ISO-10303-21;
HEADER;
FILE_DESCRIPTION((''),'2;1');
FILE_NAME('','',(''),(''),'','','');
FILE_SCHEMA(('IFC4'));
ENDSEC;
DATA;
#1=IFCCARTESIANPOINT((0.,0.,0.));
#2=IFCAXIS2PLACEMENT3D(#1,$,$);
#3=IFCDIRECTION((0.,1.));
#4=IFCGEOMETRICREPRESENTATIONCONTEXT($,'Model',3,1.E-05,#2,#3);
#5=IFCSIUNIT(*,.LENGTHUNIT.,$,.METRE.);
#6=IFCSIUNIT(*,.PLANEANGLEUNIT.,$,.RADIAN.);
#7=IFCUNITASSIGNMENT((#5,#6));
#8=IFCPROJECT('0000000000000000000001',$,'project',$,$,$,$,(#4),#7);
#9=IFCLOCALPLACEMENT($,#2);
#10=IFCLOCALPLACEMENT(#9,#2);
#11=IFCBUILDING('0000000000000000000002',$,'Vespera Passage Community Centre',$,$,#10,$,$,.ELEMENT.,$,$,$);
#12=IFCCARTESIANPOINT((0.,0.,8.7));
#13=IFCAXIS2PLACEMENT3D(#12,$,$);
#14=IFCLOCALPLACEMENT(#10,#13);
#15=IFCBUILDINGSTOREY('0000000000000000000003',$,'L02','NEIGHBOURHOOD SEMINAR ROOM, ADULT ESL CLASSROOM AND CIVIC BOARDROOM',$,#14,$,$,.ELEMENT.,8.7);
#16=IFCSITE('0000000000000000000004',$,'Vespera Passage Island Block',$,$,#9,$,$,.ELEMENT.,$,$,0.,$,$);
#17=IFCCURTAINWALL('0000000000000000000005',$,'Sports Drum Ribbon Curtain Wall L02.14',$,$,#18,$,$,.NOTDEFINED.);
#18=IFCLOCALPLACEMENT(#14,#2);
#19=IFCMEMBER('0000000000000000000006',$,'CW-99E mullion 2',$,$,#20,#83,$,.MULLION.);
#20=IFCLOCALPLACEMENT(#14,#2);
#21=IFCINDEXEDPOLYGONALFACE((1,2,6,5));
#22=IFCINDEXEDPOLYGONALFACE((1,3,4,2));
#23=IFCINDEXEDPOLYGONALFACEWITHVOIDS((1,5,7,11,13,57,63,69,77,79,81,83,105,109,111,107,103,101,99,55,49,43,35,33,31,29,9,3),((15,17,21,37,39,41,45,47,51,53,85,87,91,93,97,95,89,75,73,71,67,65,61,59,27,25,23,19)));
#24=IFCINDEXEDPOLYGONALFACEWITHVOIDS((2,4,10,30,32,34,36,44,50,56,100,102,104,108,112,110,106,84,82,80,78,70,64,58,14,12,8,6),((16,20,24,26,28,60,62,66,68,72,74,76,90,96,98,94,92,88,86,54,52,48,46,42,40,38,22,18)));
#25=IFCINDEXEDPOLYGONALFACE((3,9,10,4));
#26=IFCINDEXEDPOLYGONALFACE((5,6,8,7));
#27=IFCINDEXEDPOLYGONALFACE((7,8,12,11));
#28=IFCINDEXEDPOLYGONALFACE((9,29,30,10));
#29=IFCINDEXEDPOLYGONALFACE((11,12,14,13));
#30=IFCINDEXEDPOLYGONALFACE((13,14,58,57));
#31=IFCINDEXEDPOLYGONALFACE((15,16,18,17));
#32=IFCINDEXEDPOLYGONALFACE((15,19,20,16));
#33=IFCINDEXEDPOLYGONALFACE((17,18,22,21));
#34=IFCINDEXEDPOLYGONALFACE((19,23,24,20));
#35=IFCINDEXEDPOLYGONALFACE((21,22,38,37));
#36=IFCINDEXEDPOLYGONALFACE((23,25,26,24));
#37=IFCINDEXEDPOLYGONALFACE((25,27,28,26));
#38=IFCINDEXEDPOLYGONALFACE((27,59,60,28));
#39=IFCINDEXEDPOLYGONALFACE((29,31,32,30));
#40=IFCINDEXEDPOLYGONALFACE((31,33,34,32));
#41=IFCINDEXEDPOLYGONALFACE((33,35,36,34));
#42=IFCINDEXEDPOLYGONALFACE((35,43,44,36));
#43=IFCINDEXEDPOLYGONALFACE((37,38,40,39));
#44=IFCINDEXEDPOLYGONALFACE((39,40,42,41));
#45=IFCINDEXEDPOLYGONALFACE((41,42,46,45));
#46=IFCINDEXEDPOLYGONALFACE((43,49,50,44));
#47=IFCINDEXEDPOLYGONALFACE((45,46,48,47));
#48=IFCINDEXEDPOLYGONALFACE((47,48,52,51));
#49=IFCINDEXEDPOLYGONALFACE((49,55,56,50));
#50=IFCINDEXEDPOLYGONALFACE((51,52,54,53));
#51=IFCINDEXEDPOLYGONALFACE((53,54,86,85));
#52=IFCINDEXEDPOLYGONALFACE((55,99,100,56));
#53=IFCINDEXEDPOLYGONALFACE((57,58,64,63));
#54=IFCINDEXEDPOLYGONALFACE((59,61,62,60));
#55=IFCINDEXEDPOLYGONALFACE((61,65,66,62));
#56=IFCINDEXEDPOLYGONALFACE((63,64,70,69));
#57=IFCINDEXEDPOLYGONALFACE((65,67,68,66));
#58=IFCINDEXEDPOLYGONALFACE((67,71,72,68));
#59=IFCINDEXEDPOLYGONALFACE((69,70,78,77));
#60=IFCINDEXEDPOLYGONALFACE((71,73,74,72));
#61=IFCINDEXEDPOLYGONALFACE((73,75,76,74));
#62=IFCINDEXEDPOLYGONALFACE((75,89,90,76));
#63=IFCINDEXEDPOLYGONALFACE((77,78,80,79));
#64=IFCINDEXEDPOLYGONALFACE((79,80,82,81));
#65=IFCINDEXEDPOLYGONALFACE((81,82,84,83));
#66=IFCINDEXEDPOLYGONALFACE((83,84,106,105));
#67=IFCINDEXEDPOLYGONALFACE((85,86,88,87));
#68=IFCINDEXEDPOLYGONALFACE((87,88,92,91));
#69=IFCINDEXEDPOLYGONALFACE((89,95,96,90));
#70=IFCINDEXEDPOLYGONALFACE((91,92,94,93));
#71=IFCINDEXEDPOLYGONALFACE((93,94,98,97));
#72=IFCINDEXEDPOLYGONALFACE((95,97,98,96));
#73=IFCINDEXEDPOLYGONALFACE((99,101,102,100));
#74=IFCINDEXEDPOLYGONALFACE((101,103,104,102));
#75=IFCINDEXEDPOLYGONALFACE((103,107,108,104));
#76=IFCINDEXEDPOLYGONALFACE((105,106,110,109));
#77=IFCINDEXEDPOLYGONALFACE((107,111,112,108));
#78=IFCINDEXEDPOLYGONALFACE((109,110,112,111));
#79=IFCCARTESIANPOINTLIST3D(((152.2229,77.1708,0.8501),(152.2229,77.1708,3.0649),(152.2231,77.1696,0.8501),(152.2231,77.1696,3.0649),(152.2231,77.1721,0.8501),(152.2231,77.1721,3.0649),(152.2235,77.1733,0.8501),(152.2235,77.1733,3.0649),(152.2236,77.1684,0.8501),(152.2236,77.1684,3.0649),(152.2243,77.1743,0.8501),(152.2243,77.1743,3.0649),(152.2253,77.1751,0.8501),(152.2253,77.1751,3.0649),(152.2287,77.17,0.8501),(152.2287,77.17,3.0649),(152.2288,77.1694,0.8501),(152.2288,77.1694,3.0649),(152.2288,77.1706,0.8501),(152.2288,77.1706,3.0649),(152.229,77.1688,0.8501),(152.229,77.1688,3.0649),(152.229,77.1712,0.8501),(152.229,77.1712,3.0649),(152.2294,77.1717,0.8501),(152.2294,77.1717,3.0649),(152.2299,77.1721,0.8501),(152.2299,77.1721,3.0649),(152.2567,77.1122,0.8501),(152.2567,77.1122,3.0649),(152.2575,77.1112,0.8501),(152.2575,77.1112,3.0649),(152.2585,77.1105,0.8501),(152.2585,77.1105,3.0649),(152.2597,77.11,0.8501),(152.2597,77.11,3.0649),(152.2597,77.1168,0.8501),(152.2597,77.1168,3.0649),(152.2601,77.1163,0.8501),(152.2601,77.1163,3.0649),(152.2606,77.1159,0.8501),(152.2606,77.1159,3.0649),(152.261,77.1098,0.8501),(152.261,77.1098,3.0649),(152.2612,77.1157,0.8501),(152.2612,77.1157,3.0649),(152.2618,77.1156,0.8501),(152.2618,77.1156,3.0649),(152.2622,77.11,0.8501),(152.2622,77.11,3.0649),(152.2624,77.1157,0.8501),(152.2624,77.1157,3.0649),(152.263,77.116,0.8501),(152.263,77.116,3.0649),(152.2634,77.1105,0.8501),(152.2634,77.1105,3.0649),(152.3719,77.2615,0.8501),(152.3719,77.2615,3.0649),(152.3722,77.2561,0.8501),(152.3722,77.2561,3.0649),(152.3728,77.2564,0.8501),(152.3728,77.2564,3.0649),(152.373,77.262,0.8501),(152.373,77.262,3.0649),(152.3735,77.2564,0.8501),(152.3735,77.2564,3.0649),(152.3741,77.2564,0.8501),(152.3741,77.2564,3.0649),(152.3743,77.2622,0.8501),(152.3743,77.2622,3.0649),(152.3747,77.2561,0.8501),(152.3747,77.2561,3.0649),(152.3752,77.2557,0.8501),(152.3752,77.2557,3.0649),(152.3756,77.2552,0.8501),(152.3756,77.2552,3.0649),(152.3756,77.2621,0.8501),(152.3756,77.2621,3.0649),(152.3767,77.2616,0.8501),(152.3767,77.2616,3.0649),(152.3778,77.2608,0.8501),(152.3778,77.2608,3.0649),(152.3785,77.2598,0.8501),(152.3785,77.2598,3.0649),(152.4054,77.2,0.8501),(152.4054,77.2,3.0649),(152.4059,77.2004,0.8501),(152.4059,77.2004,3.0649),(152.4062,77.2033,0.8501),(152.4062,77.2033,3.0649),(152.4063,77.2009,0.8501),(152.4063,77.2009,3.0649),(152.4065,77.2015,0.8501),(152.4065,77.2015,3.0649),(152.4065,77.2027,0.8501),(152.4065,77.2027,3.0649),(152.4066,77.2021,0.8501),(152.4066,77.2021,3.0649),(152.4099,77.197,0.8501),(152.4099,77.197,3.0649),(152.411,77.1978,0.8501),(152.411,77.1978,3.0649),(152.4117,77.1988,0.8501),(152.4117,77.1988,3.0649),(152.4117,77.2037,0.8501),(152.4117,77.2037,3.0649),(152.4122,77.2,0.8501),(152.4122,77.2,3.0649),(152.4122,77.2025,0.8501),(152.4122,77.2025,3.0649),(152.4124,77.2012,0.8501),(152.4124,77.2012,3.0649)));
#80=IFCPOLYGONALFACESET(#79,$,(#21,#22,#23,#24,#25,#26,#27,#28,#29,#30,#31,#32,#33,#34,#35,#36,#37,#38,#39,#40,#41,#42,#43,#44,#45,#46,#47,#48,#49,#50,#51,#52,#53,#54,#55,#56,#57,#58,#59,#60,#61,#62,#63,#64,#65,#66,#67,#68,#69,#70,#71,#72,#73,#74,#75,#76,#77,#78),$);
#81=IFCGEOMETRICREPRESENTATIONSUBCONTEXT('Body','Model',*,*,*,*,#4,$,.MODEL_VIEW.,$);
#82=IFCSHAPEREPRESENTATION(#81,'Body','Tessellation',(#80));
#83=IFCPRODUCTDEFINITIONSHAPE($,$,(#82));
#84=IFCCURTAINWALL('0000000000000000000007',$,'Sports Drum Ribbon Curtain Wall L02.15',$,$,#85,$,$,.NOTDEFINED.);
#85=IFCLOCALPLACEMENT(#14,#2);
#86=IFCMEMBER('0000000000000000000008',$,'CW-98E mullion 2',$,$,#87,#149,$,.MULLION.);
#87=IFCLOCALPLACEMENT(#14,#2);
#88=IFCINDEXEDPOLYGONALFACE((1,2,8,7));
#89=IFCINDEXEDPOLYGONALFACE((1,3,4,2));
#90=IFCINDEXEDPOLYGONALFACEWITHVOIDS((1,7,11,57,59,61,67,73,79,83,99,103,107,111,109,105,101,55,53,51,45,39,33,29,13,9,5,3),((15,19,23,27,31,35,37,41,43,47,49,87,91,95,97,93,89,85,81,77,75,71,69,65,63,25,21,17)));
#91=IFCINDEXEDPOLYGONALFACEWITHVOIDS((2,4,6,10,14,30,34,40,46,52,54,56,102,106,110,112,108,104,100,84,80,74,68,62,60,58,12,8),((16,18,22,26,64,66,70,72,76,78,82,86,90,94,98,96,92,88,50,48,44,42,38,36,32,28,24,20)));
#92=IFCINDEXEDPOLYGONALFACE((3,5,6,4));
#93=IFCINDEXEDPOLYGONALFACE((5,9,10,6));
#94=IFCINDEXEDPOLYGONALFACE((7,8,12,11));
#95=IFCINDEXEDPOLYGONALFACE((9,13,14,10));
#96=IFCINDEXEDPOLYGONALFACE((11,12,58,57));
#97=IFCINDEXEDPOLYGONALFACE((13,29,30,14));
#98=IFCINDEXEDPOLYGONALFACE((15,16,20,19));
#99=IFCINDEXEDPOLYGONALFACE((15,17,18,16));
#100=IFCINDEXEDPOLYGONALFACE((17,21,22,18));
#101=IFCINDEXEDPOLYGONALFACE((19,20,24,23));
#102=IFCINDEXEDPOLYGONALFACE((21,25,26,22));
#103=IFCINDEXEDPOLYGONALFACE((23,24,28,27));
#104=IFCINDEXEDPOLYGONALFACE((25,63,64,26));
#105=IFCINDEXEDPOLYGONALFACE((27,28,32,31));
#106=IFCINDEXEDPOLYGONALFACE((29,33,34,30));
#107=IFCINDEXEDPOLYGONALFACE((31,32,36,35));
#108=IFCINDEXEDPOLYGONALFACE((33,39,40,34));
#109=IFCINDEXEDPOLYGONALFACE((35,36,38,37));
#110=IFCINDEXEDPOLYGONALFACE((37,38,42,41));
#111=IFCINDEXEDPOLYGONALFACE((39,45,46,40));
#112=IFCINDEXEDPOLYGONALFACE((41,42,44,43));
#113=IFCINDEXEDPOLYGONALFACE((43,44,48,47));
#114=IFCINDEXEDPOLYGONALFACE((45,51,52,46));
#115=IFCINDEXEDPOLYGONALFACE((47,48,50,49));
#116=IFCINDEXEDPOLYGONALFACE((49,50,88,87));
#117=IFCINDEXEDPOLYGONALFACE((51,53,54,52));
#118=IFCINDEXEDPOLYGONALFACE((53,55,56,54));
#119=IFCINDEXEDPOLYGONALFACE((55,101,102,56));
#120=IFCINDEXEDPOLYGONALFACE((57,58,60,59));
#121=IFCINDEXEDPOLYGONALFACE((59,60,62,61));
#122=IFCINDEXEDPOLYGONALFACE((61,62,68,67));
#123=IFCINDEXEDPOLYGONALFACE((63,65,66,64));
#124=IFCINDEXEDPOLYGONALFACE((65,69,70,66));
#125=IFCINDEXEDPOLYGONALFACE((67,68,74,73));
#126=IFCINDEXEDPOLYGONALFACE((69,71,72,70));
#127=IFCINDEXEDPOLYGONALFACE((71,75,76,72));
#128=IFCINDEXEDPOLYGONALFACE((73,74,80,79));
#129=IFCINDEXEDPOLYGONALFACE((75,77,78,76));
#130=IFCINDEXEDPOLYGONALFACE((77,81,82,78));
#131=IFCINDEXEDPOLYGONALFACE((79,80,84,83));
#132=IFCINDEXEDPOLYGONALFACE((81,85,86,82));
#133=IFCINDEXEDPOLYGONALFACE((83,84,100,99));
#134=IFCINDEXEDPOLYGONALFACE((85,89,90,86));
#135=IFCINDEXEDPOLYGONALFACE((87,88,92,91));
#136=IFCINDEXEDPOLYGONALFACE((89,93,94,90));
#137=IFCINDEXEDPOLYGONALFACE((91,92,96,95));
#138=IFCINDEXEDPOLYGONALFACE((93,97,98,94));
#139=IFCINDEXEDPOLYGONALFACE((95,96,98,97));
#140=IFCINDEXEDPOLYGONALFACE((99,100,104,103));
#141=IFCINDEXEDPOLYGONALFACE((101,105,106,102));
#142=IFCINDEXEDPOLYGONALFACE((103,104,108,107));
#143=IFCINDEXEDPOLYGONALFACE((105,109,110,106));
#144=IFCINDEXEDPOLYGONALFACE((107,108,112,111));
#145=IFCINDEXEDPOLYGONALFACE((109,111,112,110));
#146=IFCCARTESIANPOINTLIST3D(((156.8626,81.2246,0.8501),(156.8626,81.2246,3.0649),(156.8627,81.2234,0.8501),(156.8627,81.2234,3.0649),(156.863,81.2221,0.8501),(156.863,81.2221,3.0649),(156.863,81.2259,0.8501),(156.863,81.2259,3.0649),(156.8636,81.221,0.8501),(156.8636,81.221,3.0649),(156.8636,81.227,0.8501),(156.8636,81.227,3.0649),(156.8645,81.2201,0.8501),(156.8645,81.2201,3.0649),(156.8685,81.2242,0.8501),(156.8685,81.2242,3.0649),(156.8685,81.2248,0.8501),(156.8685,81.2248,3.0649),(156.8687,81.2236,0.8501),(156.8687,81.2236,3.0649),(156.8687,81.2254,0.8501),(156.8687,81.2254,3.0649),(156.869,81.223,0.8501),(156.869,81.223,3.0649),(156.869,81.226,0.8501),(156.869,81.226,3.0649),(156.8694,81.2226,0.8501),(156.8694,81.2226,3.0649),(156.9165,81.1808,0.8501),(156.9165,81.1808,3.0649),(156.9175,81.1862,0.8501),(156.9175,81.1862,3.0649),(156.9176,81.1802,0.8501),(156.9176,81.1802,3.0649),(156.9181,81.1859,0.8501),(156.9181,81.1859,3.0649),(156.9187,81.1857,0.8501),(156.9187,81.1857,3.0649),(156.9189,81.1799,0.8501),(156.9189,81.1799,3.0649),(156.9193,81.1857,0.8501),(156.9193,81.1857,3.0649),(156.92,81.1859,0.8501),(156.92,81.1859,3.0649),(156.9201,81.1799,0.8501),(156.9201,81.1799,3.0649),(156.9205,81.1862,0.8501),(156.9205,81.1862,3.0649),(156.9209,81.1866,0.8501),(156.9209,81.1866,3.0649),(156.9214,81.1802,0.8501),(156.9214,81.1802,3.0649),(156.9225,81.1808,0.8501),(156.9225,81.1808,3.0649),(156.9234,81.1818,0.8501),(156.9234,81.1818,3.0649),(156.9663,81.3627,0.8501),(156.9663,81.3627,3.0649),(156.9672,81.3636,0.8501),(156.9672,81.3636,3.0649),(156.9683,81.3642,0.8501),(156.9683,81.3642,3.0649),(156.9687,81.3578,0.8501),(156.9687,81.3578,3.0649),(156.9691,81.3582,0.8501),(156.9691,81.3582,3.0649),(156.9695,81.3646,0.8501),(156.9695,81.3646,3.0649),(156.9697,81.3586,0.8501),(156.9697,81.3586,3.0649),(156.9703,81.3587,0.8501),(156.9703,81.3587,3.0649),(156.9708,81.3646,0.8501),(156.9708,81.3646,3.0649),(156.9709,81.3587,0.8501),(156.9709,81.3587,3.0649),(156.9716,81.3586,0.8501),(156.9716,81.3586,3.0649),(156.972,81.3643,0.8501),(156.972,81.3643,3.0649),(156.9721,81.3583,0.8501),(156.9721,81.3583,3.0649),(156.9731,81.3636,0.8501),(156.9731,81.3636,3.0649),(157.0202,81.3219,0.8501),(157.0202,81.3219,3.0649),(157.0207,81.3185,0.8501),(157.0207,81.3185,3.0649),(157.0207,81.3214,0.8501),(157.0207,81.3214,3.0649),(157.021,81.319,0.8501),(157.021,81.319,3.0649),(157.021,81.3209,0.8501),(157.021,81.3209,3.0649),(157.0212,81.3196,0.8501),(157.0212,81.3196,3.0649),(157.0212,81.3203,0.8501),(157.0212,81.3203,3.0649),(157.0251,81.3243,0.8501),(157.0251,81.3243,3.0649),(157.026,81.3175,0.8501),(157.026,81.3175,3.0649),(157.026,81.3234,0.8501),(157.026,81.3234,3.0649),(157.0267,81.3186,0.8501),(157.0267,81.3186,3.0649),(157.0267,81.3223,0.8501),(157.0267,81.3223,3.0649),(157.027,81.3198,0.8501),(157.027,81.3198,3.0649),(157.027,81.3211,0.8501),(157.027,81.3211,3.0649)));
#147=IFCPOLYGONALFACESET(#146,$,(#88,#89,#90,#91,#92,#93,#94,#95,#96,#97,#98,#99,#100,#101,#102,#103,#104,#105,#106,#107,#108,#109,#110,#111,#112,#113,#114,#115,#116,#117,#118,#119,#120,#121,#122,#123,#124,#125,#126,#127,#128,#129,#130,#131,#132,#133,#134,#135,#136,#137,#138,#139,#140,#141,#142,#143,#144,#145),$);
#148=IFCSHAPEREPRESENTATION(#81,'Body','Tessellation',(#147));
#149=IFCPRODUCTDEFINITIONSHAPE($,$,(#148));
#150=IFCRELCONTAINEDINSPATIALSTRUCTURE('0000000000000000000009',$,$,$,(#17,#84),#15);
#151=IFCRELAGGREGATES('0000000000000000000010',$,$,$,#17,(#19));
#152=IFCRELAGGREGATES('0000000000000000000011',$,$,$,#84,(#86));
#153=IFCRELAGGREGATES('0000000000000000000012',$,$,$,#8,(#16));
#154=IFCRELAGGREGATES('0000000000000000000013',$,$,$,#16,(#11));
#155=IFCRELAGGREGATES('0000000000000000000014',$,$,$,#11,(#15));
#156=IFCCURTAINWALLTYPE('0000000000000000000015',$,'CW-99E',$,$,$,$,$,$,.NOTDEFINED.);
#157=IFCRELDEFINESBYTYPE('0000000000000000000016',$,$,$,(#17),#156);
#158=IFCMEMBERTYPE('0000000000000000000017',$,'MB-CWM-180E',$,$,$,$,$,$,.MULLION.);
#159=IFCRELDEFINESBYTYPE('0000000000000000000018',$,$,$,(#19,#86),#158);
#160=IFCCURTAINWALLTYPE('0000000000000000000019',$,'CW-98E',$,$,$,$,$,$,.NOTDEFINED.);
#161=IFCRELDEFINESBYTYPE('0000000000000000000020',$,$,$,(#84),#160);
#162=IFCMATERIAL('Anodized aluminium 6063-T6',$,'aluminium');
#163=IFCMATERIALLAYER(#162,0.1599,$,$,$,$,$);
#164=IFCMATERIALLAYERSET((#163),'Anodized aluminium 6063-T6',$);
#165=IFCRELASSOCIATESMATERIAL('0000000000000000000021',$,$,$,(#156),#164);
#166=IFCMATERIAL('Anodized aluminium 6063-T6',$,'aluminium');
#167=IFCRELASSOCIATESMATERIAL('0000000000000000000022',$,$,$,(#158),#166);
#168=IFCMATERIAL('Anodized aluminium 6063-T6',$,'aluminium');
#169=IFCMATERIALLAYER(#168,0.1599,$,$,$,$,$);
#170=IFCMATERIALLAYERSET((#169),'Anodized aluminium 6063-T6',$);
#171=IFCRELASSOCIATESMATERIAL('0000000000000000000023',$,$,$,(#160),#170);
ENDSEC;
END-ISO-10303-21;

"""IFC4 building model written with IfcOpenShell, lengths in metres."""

from ifc_helpers import new_model, si_unit, direction, frame, origin, origin_2d, place, context, subcontext, project, spatial, hollow_rectangle, extrude, material, layer, layer_set, material_profile, profile_set, type_object, element, aggregate, save


model = new_model("IFC4")

# Units and contexts
model_context = context("Model", 3, precision=1e-05, world=origin(), true_north=direction((0.0, 1.0)))
body_context = subcontext(model_context, "Body", "Model", "MODEL_VIEW")
ifc_project = project(units=[si_unit("LENGTHUNIT", "METRE"), si_unit("PLANEANGLEUNIT", "RADIAN")], contexts=[model_context])

# Site, building, storey
site_placement = place(None, origin())
site = spatial("IfcSite", under=ifc_project, at=site_placement, Name="Vespera Passage Island Block", CompositionType="ELEMENT", RefElevation=0.0)
building_placement = place(site_placement, origin())
building = spatial("IfcBuilding", under=site, at=building_placement, Name="Vespera Passage Community Centre", CompositionType="ELEMENT")
storey_placement = place(building_placement, frame((0.0, 0.0, 8.7)))
storey = spatial("IfcBuildingStorey", under=building, at=storey_placement, Name="L02", Description="NEIGHBOURHOOD SEMINAR ROOM, ADULT ESL CLASSROOM AND CIVIC BOARDROOM", CompositionType="ELEMENT", Elevation=8.7)

# Shared definitions
ifc_material_1 = material(Name="Anodized aluminium 6063-T6", Category="aluminium")
ifc_layer_1 = layer(ifc_material_1, 0.1599)
ifc_layer_set_1 = layer_set([ifc_layer_1], Name="Anodized aluminium 6063-T6")
curtain_wall_type_1 = type_object("IfcCurtainWallType", Name="CW-99E", PredefinedType="NOTDEFINED", material=ifc_layer_set_1)
ifc_material_2 = material(Name="Anodized aluminium 6063-T6", Category="aluminium")
ifc_material_profile_1 = material_profile(ifc_material_2, hollow_rectangle(XDim=0.075, YDim=0.1799, WallThickness=0.0049, InnerFilletRadius=0.0024, OuterFilletRadius=0.0049, at=origin_2d()), Name="ALU180X75X5")
ifc_profile_set_1 = profile_set([ifc_material_profile_1], Name="Anodized aluminium 6063-T6")
member_type_1 = type_object("IfcMemberType", Name="MB-CWM-180E", PredefinedType="MULLION", material=ifc_profile_set_1)

# Curtain walls, members
curtain_wall_1_placement = place(storey_placement, origin())
curtain_wall_1 = element("IfcCurtainWall", 1, at=curtain_wall_1_placement, inside=storey, type_object=curtain_wall_type_1, Name="Sports Drum Ribbon Curtain Wall L02.14", PredefinedType="NOTDEFINED")
member_1_placement = place(storey_placement, frame((152.3176, 77.186, 0.8501), z_axis=(0.0, 0.0, 1.0), x_axis=(0.50817, -0.861257, 0.0)))
member_1 = element("IfcMember", 2, at=member_1_placement, type_object=member_type_1, Name="CW-99E mullion 2", PredefinedType="MULLION", context=body_context, shape_type="SweptSolid", body=[
    extrude(hollow_rectangle(XDim=0.075, YDim=0.1799, WallThickness=0.0049, InnerFilletRadius=0.0024, OuterFilletRadius=0.0049, at=origin_2d()), origin(), (0.0, 0.0, 1.0), 2.2148),
])
ifc_material_3 = material(Name="Anodized aluminium 6063-T6", Category="aluminium")
ifc_layer_2 = layer(ifc_material_3, 0.1599)
ifc_layer_set_2 = layer_set([ifc_layer_2], Name="Anodized aluminium 6063-T6")
curtain_wall_type_2 = type_object("IfcCurtainWallType", Name="CW-98E", PredefinedType="NOTDEFINED", material=ifc_layer_set_2)
curtain_wall_2_placement = place(storey_placement, origin())
curtain_wall_2 = element("IfcCurtainWall", 3, at=curtain_wall_2_placement, inside=storey, type_object=curtain_wall_type_2, Name="Sports Drum Ribbon Curtain Wall L02.15", PredefinedType="NOTDEFINED")
member_2_placement = place(storey_placement, frame((156.9448, 81.2722, 0.8501), z_axis=(0.0, 0.0, 1.0), x_axis=(0.797434, -0.603406, 0.0)))
member_2 = element("IfcMember", 4, at=member_2_placement, type_object=member_type_1, Name="CW-98E mullion 2", PredefinedType="MULLION", context=body_context, shape_type="SweptSolid", body=[
    extrude(hollow_rectangle(XDim=0.075, YDim=0.1799, WallThickness=0.0049, InnerFilletRadius=0.0024, OuterFilletRadius=0.0049, at=origin_2d()), origin(), (0.0, 0.0, 1.0), 2.2148),
])

aggregate(curtain_wall_1, [member_1])
aggregate(curtain_wall_2, [member_2])

save(model, "model.ifc")
